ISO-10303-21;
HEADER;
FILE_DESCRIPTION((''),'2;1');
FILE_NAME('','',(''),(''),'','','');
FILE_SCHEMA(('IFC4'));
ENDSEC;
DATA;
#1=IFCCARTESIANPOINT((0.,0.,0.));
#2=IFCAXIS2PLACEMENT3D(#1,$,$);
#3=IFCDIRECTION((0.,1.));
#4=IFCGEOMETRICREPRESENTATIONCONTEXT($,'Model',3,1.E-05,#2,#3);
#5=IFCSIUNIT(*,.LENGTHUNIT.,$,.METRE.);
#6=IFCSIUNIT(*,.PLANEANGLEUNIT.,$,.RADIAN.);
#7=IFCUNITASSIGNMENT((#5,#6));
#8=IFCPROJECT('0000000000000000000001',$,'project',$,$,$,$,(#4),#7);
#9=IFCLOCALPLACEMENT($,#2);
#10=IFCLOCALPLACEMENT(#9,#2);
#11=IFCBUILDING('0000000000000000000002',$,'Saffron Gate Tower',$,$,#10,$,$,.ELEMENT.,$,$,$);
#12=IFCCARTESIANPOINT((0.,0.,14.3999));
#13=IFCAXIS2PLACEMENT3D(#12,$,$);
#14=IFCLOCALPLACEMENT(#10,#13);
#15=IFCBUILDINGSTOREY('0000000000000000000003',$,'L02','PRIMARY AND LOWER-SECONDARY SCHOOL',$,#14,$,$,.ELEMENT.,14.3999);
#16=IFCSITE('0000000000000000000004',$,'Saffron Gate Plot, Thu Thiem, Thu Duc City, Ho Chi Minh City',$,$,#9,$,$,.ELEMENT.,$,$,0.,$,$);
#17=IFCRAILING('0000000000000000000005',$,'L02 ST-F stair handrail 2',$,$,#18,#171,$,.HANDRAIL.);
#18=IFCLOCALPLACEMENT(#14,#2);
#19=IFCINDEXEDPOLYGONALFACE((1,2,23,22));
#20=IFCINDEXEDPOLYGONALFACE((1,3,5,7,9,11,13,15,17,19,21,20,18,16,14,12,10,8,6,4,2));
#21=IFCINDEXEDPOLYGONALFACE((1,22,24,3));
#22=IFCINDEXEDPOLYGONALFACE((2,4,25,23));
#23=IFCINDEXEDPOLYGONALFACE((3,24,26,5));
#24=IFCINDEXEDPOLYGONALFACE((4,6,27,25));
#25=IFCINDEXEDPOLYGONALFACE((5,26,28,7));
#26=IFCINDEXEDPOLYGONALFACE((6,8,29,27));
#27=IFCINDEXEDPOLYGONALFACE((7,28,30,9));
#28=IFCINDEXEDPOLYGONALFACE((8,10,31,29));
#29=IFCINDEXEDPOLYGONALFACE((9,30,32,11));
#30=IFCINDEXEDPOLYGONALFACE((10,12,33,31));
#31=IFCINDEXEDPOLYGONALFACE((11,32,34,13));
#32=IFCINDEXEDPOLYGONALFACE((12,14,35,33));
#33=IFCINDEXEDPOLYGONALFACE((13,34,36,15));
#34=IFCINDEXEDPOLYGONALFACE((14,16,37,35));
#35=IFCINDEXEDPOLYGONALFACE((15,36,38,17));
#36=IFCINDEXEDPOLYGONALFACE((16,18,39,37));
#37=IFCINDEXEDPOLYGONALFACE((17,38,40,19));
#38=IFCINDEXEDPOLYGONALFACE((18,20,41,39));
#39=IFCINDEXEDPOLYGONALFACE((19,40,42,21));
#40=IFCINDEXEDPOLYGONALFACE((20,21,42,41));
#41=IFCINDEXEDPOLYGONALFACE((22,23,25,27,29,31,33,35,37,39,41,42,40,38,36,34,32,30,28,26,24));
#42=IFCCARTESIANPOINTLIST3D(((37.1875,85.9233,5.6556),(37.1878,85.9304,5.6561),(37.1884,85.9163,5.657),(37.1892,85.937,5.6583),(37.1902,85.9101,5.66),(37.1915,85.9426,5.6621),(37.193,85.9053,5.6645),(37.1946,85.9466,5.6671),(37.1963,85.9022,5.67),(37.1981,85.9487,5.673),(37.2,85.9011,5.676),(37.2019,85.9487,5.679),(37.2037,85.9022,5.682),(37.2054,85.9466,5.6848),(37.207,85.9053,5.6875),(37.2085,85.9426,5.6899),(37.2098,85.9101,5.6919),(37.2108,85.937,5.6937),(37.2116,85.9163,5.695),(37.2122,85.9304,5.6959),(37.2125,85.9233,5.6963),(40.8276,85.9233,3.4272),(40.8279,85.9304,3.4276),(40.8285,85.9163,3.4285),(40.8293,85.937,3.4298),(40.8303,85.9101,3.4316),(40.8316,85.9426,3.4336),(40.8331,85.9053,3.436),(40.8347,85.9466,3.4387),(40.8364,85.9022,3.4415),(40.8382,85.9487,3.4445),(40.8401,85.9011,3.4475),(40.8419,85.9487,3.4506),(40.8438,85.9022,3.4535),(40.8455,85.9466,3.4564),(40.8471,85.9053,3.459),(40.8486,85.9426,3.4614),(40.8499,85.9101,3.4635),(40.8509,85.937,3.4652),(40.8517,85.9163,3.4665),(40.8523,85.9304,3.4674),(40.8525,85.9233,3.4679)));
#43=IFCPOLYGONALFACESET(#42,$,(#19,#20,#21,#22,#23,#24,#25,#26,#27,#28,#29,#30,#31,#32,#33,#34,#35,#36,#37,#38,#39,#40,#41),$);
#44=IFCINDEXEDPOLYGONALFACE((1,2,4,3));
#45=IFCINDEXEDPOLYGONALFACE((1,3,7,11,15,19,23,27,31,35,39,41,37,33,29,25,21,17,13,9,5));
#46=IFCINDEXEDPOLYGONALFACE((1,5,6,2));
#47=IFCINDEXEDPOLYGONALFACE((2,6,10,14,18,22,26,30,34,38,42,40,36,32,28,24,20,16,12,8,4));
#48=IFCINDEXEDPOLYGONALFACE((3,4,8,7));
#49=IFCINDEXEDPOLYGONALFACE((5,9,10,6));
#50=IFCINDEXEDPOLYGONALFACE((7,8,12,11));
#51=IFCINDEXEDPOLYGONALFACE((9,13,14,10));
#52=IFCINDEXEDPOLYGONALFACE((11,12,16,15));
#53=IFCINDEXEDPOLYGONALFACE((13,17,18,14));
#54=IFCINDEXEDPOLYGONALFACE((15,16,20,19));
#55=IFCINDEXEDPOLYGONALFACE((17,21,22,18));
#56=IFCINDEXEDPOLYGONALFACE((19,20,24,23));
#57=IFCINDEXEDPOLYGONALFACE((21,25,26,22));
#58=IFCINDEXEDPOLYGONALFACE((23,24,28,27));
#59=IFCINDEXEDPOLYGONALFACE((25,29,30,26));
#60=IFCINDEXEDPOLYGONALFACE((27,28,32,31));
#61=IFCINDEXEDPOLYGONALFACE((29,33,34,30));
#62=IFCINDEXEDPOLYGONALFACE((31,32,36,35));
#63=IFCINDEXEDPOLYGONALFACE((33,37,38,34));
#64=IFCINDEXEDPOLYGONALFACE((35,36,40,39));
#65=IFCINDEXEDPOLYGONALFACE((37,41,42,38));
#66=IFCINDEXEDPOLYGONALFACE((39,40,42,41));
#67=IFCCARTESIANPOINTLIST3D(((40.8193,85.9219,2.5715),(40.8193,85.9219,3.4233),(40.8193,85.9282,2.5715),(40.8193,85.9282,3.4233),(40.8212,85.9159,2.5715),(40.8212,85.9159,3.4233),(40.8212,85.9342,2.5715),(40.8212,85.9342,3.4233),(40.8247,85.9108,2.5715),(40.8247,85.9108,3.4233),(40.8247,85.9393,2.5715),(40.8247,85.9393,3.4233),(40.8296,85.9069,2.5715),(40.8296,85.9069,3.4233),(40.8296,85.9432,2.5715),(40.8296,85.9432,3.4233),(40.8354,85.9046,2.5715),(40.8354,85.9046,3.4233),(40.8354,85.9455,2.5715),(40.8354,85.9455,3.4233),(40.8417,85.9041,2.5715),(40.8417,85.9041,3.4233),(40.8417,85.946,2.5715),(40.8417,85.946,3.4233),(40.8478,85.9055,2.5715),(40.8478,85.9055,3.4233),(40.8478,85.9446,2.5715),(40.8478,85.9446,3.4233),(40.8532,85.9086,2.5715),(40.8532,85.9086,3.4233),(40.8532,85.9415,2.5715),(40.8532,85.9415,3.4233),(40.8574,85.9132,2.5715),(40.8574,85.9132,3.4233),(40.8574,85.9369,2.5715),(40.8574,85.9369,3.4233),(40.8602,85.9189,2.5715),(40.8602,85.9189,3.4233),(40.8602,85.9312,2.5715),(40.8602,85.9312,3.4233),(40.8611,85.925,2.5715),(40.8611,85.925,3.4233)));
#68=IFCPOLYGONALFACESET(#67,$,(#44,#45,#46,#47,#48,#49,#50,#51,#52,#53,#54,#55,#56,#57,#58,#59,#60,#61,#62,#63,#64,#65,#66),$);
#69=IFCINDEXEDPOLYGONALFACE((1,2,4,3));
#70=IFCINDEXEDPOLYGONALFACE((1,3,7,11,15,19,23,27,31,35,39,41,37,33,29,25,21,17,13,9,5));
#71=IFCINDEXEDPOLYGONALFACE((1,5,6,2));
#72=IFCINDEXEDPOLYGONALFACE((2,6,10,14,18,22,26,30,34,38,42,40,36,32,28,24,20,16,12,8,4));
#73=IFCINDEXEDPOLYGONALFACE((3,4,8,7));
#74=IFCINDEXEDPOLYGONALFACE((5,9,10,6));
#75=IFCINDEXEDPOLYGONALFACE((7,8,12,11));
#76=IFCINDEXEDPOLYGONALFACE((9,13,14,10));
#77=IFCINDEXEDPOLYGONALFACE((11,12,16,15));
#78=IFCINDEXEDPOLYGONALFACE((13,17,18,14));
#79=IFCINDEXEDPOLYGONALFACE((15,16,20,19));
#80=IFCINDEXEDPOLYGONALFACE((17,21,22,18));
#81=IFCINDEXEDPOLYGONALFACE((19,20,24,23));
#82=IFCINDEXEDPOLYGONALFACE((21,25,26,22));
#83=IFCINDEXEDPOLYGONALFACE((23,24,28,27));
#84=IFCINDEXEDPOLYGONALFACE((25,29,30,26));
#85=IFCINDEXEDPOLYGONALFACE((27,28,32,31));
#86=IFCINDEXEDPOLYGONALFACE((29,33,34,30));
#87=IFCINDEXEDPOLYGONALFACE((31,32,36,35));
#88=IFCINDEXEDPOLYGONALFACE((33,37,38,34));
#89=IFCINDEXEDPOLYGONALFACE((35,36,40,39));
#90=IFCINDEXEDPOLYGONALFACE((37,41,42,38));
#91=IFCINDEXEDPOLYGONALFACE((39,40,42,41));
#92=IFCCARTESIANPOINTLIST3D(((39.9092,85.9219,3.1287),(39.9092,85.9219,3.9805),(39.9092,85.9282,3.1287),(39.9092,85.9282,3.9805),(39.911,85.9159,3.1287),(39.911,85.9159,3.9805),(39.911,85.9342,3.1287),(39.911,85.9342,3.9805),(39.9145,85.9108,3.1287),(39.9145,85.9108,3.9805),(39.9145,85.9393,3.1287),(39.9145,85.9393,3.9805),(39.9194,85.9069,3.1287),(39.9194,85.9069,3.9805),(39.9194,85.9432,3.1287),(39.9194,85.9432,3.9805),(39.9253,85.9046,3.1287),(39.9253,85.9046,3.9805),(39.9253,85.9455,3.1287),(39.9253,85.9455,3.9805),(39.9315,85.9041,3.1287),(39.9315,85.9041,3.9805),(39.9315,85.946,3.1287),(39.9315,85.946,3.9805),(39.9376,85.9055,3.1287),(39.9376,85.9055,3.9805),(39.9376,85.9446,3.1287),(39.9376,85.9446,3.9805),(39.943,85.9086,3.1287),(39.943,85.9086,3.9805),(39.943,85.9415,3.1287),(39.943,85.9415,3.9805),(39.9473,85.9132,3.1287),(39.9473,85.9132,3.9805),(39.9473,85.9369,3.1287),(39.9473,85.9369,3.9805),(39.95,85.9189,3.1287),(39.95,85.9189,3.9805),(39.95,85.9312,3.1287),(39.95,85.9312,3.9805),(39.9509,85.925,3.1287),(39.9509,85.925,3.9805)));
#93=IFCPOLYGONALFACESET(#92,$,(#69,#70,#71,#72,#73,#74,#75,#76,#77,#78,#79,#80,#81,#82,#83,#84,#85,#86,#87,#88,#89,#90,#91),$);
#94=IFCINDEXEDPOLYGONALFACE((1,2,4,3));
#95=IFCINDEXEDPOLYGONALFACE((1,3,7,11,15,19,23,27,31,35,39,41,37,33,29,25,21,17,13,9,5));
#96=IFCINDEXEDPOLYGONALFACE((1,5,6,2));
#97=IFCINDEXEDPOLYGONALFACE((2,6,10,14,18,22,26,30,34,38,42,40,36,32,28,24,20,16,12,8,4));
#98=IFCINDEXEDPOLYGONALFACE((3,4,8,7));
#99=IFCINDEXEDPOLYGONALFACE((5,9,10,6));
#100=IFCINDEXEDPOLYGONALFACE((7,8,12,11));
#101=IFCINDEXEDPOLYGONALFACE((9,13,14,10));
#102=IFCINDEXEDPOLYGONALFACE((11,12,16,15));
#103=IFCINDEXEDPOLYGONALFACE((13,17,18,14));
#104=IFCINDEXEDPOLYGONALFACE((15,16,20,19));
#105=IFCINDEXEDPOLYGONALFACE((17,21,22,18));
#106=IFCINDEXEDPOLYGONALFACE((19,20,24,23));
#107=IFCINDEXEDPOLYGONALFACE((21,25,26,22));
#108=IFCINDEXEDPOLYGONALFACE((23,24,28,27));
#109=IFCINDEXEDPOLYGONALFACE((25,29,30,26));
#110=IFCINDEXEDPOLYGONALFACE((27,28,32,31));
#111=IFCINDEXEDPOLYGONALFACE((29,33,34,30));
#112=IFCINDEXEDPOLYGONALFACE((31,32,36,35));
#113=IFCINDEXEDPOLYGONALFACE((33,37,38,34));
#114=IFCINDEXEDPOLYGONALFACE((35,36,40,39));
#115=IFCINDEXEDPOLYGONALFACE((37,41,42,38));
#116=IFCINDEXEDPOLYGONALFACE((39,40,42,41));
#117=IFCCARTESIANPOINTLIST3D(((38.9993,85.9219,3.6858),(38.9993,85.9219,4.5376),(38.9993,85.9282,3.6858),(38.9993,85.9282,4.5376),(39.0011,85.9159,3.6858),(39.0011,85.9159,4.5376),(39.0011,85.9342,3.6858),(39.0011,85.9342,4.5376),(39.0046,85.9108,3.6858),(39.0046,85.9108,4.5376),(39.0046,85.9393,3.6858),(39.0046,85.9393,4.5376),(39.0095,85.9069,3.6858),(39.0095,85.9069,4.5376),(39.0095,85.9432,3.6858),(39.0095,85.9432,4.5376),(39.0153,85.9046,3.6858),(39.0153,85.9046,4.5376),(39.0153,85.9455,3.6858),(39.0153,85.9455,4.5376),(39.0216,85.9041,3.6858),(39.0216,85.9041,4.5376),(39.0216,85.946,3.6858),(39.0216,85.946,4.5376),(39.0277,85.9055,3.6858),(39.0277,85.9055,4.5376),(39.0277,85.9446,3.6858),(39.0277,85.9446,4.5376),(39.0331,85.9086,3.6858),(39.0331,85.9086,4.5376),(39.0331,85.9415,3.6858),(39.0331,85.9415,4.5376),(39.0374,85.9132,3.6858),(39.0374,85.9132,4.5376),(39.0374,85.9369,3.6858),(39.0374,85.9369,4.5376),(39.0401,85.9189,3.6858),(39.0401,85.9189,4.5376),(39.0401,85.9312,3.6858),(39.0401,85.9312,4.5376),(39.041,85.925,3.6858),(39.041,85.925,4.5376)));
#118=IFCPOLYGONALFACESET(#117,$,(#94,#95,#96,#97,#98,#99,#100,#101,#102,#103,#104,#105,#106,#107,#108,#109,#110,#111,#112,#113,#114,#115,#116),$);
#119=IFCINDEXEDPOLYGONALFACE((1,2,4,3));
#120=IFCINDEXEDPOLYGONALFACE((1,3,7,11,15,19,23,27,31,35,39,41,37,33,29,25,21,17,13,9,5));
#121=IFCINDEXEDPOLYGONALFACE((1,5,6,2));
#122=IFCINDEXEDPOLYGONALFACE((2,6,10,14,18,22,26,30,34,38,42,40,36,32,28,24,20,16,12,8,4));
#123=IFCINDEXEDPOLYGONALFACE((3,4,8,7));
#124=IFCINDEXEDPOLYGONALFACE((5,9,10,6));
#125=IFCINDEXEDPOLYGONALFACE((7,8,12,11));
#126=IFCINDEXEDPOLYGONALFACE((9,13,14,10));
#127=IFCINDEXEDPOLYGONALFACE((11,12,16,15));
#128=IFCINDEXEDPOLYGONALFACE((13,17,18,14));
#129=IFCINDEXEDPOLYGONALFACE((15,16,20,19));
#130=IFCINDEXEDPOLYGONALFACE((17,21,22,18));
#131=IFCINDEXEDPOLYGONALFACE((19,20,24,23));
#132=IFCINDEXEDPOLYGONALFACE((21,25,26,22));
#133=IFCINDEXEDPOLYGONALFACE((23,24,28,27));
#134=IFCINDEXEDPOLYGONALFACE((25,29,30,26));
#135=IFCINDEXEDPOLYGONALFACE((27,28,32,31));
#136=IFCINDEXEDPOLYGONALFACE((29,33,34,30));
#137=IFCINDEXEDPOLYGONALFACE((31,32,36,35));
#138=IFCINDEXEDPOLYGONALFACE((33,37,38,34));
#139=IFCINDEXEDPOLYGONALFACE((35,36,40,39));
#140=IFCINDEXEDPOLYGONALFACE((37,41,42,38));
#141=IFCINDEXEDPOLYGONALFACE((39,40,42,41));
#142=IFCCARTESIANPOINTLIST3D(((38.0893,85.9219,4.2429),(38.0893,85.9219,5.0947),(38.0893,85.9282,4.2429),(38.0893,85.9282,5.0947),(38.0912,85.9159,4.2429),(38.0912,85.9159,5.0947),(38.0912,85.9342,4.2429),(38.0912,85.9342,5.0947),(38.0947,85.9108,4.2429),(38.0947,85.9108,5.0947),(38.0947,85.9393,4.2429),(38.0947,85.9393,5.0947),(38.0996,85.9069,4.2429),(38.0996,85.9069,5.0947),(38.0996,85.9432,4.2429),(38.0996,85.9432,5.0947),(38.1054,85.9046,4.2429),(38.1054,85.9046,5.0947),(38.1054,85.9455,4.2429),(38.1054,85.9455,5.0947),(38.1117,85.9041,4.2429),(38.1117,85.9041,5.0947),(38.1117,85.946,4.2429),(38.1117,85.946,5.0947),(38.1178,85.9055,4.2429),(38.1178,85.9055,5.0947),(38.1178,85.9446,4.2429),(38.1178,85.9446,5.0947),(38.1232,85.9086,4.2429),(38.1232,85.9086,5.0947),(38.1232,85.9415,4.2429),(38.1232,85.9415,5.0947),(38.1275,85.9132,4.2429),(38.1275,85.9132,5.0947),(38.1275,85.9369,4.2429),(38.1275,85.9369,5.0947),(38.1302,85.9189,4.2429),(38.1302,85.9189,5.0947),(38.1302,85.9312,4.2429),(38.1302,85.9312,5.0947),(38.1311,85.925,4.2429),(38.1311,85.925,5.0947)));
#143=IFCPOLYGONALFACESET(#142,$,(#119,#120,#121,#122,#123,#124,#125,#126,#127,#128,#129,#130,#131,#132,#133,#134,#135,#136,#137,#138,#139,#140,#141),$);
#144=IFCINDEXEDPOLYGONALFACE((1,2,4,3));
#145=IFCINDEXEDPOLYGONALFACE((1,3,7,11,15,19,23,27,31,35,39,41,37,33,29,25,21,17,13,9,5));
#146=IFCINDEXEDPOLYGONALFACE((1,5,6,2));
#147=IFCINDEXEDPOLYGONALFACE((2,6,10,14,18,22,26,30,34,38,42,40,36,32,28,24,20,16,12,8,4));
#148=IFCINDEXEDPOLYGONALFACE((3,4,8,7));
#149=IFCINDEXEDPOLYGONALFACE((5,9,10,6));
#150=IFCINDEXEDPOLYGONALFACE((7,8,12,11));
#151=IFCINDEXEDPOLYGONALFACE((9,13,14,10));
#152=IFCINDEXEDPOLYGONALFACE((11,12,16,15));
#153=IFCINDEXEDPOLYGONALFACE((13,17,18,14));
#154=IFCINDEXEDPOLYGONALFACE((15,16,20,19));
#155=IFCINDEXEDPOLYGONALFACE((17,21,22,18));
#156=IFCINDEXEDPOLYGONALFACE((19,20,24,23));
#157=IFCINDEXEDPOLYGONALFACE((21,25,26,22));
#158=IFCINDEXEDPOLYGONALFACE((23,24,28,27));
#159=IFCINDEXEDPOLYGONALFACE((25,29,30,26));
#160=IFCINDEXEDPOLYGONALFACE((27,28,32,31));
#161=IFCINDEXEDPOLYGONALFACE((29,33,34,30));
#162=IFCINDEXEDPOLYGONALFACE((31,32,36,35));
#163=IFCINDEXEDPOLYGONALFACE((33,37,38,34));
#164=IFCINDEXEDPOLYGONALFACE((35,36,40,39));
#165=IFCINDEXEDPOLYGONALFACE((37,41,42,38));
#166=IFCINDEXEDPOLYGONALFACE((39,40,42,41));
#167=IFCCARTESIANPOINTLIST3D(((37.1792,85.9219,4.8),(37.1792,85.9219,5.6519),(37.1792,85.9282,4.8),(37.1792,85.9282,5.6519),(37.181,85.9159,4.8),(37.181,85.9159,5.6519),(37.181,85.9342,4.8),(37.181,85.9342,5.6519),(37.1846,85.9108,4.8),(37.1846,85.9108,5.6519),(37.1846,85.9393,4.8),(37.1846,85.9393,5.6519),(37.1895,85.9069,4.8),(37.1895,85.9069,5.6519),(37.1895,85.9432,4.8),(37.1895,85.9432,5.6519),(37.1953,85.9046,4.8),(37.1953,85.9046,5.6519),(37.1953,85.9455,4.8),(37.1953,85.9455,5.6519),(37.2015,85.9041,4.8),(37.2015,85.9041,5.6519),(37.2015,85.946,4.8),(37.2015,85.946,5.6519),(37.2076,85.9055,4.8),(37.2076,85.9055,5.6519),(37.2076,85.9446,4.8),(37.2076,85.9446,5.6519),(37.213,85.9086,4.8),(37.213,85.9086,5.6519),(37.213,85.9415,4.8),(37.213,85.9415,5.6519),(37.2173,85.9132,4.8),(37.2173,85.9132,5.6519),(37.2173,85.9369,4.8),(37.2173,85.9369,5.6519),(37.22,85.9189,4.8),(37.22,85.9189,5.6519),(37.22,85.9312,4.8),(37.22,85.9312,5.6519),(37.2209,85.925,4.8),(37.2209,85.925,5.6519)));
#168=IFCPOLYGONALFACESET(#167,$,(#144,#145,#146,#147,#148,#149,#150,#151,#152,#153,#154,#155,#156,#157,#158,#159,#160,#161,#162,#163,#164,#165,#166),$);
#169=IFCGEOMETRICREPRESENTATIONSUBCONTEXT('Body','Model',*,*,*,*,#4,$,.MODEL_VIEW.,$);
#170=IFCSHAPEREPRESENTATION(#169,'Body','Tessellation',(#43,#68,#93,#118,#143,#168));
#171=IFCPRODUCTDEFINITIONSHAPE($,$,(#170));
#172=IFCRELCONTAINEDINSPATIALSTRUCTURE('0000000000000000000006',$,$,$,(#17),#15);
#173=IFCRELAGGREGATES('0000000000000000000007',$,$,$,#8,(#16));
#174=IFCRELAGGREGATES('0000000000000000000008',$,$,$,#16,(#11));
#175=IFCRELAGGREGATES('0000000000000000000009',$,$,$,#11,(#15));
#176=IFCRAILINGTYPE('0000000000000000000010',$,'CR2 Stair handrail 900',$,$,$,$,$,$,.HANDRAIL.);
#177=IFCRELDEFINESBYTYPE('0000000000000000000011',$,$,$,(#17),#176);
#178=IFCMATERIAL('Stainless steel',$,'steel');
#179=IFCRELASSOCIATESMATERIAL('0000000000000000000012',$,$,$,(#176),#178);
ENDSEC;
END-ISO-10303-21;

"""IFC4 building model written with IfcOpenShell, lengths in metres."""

from ifc_helpers import new_model, si_unit, direction, frame, origin, origin_2d, place, context, subcontext, project, spatial, circle, extrude, material, type_object, element, save


model = new_model("IFC4")

# Units and contexts
model_context = context("Model", 3, precision=1e-05, world=origin(), true_north=direction((0.0, 1.0)))
body_context = subcontext(model_context, "Body", "Model", "MODEL_VIEW")
ifc_project = project(units=[si_unit("LENGTHUNIT", "METRE"), si_unit("PLANEANGLEUNIT", "RADIAN")], contexts=[model_context])

# Site, building, storey
site_placement = place(None, origin())
site = spatial("IfcSite", under=ifc_project, at=site_placement, Name="Saffron Gate Plot, Thu Thiem, Thu Duc City, Ho Chi Minh City", CompositionType="ELEMENT", RefElevation=0.0)
building_placement = place(site_placement, origin())
building = spatial("IfcBuilding", under=site, at=building_placement, Name="Saffron Gate Tower", CompositionType="ELEMENT")
storey_placement = place(building_placement, frame((0.0, 0.0, 14.3999)))
storey = spatial("IfcBuildingStorey", under=building, at=storey_placement, Name="L02", Description="PRIMARY AND LOWER-SECONDARY SCHOOL", CompositionType="ELEMENT", Elevation=14.3999)

# Railing
ifc_material_1 = material(Name="Stainless steel", Category="steel")
railing_type_1 = type_object("IfcRailingType", Name="CR2 Stair handrail 900", PredefinedType="HANDRAIL", material=ifc_material_1)
railing_1_placement = place(storey_placement, frame((40.8401, 85.925, 2.5715)))
element("IfcRailing", 1, at=railing_1_placement, inside=storey, type_object=railing_type_1, Name="L02 ST-F stair handrail 2", PredefinedType="HANDRAIL", context=body_context, shape_type="SweptSolid", body=[
    extrude(circle(Radius=0.0239, at=origin_2d()), frame((0.0, 0.0, 0.876), z_axis=(-0.852866, 0.0, 0.52213), x_axis=(0.0, -1.0, 0.0)), (0.0, 0.0, 1.0), 4.2681),
    extrude(circle(Radius=0.021, at=origin_2d()), origin(), (0.0, 0.0, 1.0), 0.8518),
    extrude(circle(Radius=0.021, at=origin_2d()), frame((-0.9102, 0.0, 0.5571)), (0.0, 0.0, 1.0), 0.8518),
    extrude(circle(Radius=0.021, at=origin_2d()), frame((-1.8201, 0.0, 1.1143)), (0.0, 0.0, 1.0), 0.8518),
    extrude(circle(Radius=0.021, at=origin_2d()), frame((-2.73, 0.0, 1.6714)), (0.0, 0.0, 1.0), 0.8518),
    extrude(circle(Radius=0.021, at=origin_2d()), frame((-3.6401, 0.0, 2.2285)), (0.0, 0.0, 1.0), 0.8518),
])

save(model, "model.ifc")
